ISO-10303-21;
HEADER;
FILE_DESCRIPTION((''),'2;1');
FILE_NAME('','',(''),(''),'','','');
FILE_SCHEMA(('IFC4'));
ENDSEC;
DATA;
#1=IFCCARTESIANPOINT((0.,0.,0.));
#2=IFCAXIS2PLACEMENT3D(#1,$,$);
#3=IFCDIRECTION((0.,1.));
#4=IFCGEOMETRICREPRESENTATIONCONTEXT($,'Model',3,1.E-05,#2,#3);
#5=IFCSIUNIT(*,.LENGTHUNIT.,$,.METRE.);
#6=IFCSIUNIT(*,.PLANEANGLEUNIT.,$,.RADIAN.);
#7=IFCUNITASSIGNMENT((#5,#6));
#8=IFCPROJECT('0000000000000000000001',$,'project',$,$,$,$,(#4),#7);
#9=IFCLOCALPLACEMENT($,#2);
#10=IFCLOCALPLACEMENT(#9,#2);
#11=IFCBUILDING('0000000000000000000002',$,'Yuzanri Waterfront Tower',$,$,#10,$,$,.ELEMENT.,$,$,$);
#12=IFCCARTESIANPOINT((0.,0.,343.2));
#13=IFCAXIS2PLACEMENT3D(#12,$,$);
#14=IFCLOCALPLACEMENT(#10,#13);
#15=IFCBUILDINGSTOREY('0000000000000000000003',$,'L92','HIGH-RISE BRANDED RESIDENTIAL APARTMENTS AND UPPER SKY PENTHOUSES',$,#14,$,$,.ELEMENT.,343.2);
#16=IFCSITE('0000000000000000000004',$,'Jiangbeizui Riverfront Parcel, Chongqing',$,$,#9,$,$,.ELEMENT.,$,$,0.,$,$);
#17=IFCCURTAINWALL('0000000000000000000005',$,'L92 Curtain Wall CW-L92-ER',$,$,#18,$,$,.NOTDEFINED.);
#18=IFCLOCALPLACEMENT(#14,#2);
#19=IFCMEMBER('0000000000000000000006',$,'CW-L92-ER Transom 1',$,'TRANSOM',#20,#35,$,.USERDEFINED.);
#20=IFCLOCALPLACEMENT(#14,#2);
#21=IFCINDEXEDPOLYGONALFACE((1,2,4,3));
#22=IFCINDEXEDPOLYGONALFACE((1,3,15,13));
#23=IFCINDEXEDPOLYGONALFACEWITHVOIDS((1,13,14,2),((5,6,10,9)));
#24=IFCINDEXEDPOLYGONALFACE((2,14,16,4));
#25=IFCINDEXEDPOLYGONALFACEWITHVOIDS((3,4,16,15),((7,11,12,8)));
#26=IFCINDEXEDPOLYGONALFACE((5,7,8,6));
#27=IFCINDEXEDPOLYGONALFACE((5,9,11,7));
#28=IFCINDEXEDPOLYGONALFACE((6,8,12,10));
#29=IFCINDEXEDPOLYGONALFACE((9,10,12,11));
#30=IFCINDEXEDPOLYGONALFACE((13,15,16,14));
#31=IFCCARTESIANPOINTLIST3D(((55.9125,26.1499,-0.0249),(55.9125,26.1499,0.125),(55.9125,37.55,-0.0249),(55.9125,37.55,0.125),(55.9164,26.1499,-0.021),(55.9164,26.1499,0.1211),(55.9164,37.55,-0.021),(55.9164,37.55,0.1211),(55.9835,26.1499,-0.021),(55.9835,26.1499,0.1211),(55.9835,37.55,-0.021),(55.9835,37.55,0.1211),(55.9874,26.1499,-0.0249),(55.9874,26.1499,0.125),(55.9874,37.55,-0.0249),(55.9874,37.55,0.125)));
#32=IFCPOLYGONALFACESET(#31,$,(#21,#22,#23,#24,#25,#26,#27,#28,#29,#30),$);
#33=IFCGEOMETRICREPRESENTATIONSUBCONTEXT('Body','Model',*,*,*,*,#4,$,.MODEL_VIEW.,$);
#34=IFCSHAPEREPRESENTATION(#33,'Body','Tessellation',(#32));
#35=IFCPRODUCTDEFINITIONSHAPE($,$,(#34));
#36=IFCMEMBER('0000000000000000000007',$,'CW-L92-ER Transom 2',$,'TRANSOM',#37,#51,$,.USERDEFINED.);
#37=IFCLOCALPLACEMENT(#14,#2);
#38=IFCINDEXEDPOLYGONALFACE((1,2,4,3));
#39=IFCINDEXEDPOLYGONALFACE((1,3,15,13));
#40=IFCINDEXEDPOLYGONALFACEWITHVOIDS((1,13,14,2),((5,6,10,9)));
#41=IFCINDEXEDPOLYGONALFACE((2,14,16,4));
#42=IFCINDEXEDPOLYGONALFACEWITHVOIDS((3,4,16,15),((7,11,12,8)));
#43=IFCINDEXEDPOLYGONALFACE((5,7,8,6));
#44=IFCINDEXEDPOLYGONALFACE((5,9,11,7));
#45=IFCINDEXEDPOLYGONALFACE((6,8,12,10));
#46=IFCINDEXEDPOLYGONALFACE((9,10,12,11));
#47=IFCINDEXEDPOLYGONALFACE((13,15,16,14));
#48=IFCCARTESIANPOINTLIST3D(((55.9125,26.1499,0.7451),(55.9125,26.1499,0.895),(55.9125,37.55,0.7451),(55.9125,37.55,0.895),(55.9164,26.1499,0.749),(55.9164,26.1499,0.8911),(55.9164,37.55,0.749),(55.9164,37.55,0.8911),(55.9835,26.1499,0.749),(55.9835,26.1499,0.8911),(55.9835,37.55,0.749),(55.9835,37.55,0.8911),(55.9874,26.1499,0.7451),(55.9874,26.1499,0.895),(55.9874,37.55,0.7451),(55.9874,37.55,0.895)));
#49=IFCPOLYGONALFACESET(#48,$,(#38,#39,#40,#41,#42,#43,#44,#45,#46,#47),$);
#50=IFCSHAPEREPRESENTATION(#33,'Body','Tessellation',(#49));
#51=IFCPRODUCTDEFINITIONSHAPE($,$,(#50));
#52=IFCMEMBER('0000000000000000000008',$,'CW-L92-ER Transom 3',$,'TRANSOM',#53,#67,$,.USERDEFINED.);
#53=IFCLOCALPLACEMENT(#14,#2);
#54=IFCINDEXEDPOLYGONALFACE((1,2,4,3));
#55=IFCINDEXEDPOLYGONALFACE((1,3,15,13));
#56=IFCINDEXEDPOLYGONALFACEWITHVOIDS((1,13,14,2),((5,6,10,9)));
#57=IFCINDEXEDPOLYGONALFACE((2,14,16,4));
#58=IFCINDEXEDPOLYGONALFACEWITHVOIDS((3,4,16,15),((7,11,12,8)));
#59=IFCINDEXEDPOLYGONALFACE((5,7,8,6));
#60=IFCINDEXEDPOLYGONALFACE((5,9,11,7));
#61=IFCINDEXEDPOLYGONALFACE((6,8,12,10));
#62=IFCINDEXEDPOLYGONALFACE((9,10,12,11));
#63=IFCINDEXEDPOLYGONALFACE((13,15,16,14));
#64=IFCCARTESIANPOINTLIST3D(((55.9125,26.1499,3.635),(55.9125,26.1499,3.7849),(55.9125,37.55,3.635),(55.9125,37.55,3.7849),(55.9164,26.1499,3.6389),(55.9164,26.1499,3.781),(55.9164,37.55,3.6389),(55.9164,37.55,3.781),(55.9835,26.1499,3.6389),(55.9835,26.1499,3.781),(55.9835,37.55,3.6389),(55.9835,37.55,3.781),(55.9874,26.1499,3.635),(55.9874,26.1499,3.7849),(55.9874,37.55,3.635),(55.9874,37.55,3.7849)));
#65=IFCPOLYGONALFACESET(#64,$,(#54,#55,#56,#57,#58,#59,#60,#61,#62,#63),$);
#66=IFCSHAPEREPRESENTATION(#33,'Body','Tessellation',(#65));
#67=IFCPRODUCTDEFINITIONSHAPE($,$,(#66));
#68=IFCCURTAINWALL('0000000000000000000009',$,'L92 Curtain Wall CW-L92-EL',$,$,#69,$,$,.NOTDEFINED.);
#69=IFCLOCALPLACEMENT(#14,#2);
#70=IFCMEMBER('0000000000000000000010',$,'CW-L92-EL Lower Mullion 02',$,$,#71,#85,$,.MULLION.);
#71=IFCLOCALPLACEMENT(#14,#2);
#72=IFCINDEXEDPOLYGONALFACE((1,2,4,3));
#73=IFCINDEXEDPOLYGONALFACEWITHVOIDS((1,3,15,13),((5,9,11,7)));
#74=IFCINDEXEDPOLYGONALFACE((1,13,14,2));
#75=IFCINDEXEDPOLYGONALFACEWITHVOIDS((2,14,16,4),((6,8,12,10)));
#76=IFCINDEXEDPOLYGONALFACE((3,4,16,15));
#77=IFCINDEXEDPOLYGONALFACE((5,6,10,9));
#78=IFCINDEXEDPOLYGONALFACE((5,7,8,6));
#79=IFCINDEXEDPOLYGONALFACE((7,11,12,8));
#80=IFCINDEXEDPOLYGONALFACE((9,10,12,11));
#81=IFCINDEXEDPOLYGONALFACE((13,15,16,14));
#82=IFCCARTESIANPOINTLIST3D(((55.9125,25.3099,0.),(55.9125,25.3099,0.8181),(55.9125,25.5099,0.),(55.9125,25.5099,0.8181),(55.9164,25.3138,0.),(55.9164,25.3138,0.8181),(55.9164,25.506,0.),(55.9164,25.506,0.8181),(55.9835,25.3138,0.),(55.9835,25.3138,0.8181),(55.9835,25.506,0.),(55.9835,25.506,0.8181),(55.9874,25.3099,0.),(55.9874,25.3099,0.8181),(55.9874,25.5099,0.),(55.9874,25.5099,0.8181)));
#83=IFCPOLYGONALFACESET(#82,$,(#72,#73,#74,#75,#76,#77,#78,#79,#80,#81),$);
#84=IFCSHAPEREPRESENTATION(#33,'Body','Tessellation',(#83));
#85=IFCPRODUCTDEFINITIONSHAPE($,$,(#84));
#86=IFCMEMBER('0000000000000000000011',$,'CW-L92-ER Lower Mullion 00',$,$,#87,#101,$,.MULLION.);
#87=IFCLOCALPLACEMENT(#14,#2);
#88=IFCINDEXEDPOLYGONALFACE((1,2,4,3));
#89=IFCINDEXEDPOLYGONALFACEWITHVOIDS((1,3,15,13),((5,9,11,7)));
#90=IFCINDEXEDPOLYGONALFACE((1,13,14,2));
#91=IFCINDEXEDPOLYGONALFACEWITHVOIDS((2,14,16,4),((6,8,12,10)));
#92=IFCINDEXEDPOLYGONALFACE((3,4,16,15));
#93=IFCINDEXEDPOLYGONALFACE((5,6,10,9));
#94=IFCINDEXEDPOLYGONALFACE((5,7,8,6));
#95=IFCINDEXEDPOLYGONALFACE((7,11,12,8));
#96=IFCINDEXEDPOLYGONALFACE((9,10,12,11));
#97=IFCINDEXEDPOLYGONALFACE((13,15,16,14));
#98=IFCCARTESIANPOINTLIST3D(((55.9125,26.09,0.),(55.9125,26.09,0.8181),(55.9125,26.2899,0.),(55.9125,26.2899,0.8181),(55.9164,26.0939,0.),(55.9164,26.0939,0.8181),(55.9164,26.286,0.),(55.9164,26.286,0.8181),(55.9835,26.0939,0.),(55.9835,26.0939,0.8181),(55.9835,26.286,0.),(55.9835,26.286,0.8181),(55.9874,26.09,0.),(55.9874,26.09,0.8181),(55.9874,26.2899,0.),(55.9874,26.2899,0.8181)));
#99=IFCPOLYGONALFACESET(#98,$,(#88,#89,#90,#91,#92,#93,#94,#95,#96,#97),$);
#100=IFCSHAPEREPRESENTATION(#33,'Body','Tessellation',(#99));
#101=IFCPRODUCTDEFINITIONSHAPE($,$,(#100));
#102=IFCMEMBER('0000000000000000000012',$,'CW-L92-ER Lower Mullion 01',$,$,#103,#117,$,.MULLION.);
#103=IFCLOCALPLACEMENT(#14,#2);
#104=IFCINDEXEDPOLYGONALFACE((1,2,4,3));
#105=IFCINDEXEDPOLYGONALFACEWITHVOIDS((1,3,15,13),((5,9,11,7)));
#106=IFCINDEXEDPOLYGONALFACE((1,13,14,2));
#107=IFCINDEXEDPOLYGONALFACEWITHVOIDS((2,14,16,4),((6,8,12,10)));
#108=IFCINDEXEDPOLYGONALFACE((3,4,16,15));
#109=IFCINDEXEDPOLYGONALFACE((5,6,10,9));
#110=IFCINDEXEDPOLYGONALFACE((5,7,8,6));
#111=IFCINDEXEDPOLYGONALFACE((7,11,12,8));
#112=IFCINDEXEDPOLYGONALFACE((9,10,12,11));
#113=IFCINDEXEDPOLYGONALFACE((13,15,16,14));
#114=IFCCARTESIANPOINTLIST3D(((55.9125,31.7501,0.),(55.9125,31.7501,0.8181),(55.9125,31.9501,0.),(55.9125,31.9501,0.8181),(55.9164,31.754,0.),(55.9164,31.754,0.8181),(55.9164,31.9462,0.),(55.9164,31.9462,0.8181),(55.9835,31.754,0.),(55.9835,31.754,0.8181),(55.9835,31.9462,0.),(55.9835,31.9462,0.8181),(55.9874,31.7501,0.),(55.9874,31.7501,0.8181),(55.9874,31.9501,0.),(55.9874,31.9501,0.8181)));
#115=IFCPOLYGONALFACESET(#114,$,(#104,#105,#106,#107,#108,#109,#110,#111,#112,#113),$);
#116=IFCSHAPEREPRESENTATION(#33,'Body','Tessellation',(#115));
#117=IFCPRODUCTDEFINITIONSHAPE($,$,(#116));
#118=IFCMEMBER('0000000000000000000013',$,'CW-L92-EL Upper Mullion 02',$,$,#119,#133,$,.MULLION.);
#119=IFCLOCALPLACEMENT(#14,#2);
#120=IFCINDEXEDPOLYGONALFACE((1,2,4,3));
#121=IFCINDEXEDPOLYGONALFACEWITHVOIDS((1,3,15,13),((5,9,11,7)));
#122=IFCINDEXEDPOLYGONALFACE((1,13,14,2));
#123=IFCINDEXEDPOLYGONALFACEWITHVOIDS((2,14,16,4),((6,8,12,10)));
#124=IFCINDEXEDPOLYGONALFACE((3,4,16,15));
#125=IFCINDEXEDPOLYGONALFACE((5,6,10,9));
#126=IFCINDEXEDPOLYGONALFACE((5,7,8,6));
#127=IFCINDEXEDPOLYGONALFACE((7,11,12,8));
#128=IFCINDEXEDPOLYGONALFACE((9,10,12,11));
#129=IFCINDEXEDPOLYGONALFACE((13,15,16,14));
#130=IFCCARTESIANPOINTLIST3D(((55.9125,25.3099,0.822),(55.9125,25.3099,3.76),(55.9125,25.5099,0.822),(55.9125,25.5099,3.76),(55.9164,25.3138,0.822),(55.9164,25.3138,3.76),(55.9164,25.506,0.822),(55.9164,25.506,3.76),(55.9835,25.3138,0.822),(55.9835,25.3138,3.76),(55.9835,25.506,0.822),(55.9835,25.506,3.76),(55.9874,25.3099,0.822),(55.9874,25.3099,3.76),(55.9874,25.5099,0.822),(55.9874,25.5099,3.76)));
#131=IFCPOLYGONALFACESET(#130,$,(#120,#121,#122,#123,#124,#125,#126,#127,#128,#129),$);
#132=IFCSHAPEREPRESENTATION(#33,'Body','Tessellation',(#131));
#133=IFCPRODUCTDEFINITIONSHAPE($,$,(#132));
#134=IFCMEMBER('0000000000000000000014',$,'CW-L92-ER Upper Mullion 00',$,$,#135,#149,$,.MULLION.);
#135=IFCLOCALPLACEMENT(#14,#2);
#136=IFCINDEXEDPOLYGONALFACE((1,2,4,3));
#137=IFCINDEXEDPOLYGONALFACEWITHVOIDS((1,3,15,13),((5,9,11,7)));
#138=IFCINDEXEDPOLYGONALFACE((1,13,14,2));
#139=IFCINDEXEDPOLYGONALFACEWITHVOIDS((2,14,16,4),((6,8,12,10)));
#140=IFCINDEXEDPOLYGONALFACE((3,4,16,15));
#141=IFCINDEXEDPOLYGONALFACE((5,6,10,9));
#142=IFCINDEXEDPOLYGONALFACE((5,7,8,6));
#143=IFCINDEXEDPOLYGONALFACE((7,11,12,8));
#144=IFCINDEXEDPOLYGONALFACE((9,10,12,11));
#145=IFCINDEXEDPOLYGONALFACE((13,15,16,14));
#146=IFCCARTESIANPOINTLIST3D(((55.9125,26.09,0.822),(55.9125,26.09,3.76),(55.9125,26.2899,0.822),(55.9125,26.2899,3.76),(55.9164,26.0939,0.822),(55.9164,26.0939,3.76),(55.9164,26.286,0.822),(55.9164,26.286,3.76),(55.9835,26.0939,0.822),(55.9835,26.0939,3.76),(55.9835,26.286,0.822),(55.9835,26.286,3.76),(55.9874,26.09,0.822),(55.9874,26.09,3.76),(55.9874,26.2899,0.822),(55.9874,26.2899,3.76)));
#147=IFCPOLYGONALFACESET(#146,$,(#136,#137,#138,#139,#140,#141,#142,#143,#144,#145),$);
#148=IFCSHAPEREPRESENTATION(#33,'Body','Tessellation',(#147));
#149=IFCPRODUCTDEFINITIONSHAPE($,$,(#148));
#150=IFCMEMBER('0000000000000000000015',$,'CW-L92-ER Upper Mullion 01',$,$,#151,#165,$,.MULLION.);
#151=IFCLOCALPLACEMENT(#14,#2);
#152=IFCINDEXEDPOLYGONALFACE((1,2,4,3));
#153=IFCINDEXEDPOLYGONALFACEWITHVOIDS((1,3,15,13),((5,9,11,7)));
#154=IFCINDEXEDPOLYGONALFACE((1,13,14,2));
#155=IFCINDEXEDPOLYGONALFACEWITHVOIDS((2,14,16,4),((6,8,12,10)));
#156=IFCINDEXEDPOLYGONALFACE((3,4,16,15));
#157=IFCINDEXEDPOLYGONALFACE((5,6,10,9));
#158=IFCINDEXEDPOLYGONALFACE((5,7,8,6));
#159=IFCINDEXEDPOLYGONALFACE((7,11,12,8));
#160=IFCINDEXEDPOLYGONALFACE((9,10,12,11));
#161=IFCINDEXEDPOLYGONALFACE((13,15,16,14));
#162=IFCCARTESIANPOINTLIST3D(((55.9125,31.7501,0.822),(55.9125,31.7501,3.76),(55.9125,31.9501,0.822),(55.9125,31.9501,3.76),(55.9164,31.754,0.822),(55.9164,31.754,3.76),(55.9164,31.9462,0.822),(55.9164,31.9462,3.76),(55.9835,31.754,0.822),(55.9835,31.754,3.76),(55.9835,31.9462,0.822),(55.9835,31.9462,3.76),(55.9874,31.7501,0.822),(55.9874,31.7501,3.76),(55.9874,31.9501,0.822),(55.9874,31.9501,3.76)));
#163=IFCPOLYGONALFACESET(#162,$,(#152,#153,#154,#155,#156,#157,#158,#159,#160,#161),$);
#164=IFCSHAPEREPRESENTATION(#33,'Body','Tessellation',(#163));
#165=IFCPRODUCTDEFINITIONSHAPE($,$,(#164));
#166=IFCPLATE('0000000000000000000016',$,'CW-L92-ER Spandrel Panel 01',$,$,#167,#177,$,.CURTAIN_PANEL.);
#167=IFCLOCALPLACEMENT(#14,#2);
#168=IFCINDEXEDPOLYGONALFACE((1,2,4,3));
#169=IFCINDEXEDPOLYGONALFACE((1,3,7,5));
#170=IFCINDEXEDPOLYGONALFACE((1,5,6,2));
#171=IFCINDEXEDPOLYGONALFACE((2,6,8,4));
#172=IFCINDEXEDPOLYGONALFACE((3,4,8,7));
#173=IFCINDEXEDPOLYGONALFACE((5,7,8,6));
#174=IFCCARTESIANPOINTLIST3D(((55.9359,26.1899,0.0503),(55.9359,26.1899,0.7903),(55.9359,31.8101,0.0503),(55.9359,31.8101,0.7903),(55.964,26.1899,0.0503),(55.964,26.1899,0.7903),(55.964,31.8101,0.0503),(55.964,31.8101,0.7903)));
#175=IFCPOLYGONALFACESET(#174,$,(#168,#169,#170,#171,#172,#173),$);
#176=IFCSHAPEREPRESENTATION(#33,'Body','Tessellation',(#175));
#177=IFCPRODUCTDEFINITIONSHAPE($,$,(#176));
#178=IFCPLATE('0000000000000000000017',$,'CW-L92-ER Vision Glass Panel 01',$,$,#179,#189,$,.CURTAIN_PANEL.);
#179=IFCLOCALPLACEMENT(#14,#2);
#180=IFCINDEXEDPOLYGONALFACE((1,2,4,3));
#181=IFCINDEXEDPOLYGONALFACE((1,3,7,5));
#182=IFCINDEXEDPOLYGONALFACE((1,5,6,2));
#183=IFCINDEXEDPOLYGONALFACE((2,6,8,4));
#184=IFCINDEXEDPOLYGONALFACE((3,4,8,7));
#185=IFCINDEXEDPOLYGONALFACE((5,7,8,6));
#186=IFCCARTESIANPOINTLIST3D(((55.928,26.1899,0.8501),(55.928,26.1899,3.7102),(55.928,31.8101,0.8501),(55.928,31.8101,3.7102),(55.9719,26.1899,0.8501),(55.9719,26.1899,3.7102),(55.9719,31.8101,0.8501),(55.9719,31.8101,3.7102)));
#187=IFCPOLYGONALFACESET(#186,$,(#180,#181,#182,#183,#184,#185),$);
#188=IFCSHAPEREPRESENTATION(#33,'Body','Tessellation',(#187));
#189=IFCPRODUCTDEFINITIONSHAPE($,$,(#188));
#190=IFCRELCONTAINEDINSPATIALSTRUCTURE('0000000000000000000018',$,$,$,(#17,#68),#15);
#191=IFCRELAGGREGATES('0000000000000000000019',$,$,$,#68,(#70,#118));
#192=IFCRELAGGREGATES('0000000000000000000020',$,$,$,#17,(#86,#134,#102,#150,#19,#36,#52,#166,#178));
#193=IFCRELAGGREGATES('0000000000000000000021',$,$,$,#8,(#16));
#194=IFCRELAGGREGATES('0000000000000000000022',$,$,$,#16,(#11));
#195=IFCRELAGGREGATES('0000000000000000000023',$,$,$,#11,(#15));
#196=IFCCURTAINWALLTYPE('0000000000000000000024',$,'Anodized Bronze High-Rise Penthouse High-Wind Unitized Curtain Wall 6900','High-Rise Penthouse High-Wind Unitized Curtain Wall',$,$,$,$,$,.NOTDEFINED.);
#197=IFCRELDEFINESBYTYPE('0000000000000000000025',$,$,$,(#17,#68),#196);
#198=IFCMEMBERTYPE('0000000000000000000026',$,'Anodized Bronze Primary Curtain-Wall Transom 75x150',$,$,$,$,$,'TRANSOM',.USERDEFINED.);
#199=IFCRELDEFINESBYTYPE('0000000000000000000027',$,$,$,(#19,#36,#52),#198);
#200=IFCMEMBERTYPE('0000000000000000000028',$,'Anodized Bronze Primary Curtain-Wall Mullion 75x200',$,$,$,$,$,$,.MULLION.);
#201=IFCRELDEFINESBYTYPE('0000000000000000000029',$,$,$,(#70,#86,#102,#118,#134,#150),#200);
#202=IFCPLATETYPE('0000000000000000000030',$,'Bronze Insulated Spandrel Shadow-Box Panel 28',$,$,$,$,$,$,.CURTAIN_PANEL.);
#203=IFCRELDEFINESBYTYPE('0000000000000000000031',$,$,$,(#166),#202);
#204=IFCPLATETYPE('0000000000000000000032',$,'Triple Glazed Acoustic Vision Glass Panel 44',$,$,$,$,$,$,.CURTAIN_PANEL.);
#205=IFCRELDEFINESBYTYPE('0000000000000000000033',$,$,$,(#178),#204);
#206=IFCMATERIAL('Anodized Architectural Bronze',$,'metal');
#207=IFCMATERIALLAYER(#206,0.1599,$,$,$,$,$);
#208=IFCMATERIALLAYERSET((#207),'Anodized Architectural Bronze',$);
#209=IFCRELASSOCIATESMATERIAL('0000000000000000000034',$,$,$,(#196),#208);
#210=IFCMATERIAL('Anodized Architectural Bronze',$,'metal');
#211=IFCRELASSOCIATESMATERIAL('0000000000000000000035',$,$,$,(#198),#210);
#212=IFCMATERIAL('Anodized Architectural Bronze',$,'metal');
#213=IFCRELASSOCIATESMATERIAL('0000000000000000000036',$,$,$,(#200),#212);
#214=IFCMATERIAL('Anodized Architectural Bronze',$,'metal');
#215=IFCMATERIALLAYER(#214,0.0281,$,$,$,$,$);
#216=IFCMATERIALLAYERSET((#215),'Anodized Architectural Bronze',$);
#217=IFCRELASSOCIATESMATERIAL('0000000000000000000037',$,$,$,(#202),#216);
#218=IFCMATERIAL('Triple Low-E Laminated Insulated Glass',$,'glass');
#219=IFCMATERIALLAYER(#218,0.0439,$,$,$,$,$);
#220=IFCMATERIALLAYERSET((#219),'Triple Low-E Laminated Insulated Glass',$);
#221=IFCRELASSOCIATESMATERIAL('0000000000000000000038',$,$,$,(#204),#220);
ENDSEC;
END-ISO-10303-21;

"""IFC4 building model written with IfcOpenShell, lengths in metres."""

from ifc_helpers import new_model, si_unit, direction, frame, origin, origin_2d, place, context, subcontext, project, spatial, rectangle, hollow_rectangle, extrude, source, transform, mapped, material, layer, layer_set, material_profile, profile_set, type_object, element, aggregate, save


model = new_model("IFC4")

# Units and contexts
model_context = context("Model", 3, precision=1e-05, world=origin(), true_north=direction((0.0, 1.0)))
body_context = subcontext(model_context, "Body", "Model", "MODEL_VIEW")
ifc_project = project(units=[si_unit("LENGTHUNIT", "METRE"), si_unit("PLANEANGLEUNIT", "RADIAN")], contexts=[model_context])

# Site, building, storey
site_placement = place(None, origin())
site = spatial("IfcSite", under=ifc_project, at=site_placement, Name="Jiangbeizui Riverfront Parcel, Chongqing", CompositionType="ELEMENT", RefElevation=0.0)
building_placement = place(site_placement, origin())
building = spatial("IfcBuilding", under=site, at=building_placement, Name="Yuzanri Waterfront Tower", CompositionType="ELEMENT")
storey_placement = place(building_placement, frame((0.0, 0.0, 343.2)))
storey = spatial("IfcBuildingStorey", under=building, at=storey_placement, Name="L92", Description="HIGH-RISE BRANDED RESIDENTIAL APARTMENTS AND UPPER SKY PENTHOUSES", CompositionType="ELEMENT", Elevation=343.2)

# Curtain wall, members
ifc_material_1 = material(Name="Anodized Architectural Bronze", Category="metal")
ifc_layer_1 = layer(ifc_material_1, 0.1599)
ifc_layer_set_1 = layer_set([ifc_layer_1], Name="Anodized Architectural Bronze")
curtain_wall_type = type_object("IfcCurtainWallType", Name="Anodized Bronze High-Rise Penthouse High-Wind Unitized Curtain Wall 6900", Description="High-Rise Penthouse High-Wind Unitized Curtain Wall", PredefinedType="NOTDEFINED", material=ifc_layer_set_1)
curtain_wall_1_placement = place(storey_placement, origin())
curtain_wall_1 = element("IfcCurtainWall", 1, at=curtain_wall_1_placement, inside=storey, type_object=curtain_wall_type, Name="L92 Curtain Wall CW-L92-ER", PredefinedType="NOTDEFINED")
ifc_material_2 = material(Name="Anodized Architectural Bronze", Category="metal")
ifc_material_profile_1 = material_profile(ifc_material_2, hollow_rectangle(XDim=0.075, YDim=0.1499, WallThickness=0.0039, at=origin_2d()), Name="CWT 75x150")
ifc_profile_set_1 = profile_set([ifc_material_profile_1], Name="Anodized Architectural Bronze")
member_type_1 = type_object("IfcMemberType", Name="Anodized Bronze Primary Curtain-Wall Transom 75x150", ElementType="TRANSOM", PredefinedType="USERDEFINED", material=ifc_profile_set_1)
shared_shape_1 = source(origin(), body_context, "Body", "SweptSolid", [
    extrude(hollow_rectangle(XDim=0.075, YDim=0.1499, WallThickness=0.0039, at=origin_2d()), origin(), (0.0, 0.0, 1.0), 11.4001),
])
member_1_placement = place(storey_placement, frame((55.95, 26.1499, 0.05), z_axis=(0.0, 1.0, 0.0), x_axis=(-1.0, 0.0, 0.0)))
member_1 = element("IfcMember", 2, at=member_1_placement, type_object=member_type_1, Name="CW-L92-ER Transom 1", ObjectType="TRANSOM", PredefinedType="USERDEFINED", context=body_context, shape_type="MappedRepresentation", body=[
    mapped(shared_shape_1, transform((0.0, 0.0, 0.0), scale=1.0)),
])
member_2_placement = place(storey_placement, frame((55.95, 26.1499, 0.8201), z_axis=(0.0, 1.0, 0.0), x_axis=(-1.0, 0.0, 0.0)))
member_2 = element("IfcMember", 3, at=member_2_placement, type_object=member_type_1, Name="CW-L92-ER Transom 2", ObjectType="TRANSOM", PredefinedType="USERDEFINED", context=body_context, shape_type="MappedRepresentation", body=[
    mapped(shared_shape_1, transform((0.0, 0.0, 0.0), scale=1.0)),
])
member_3_placement = place(storey_placement, frame((55.95, 26.1499, 3.71), z_axis=(0.0, 1.0, 0.0), x_axis=(-1.0, 0.0, 0.0)))
member_3 = element("IfcMember", 4, at=member_3_placement, type_object=member_type_1, Name="CW-L92-ER Transom 3", ObjectType="TRANSOM", PredefinedType="USERDEFINED", context=body_context, shape_type="MappedRepresentation", body=[
    mapped(shared_shape_1, transform((0.0, 0.0, 0.0), scale=1.0)),
])

# Curtain wall, member
curtain_wall_2_placement = place(storey_placement, origin())
curtain_wall_2 = element("IfcCurtainWall", 5, at=curtain_wall_2_placement, inside=storey, type_object=curtain_wall_type, Name="L92 Curtain Wall CW-L92-EL", PredefinedType="NOTDEFINED")
ifc_material_3 = material(Name="Anodized Architectural Bronze", Category="metal")
ifc_material_profile_2 = material_profile(ifc_material_3, hollow_rectangle(XDim=0.075, YDim=0.2, WallThickness=0.0039, at=origin_2d()), Name="CWM 75x200")
ifc_profile_set_2 = profile_set([ifc_material_profile_2], Name="Anodized Architectural Bronze")
member_type_2 = type_object("IfcMemberType", Name="Anodized Bronze Primary Curtain-Wall Mullion 75x200", PredefinedType="MULLION", material=ifc_profile_set_2)
shared_shape_2 = source(origin(), body_context, "Body", "SweptSolid", [
    extrude(hollow_rectangle(XDim=0.075, YDim=0.2, WallThickness=0.0039, at=origin_2d()), origin(), (0.0, 0.0, 1.0), 0.8181),
])
member_4_placement = place(storey_placement, frame((55.95, 25.4099, 0.0), z_axis=(0.0, 0.0, 1.0), x_axis=(1.0, 0.0, 0.0)))
member_4 = element("IfcMember", 6, at=member_4_placement, type_object=member_type_2, Name="CW-L92-EL Lower Mullion 02", PredefinedType="MULLION", context=body_context, shape_type="MappedRepresentation", body=[
    mapped(shared_shape_2, transform((0.0, 0.0, 0.0), scale=1.0)),
])

# Members
member_5_placement = place(storey_placement, frame((55.95, 26.1899, 0.0), z_axis=(0.0, 0.0, 1.0), x_axis=(1.0, 0.0, 0.0)))
member_5 = element("IfcMember", 7, at=member_5_placement, type_object=member_type_2, Name="CW-L92-ER Lower Mullion 00", PredefinedType="MULLION", context=body_context, shape_type="MappedRepresentation", body=[
    mapped(shared_shape_2, transform((0.0, 0.0, 0.0), scale=1.0)),
])
member_6_placement = place(storey_placement, frame((55.95, 31.8501, 0.0), z_axis=(0.0, 0.0, 1.0), x_axis=(1.0, 0.0, 0.0)))
member_6 = element("IfcMember", 8, at=member_6_placement, type_object=member_type_2, Name="CW-L92-ER Lower Mullion 01", PredefinedType="MULLION", context=body_context, shape_type="MappedRepresentation", body=[
    mapped(shared_shape_2, transform((0.0, 0.0, 0.0), scale=1.0)),
])
shared_shape_3 = source(origin(), body_context, "Body", "SweptSolid", [
    extrude(hollow_rectangle(XDim=0.075, YDim=0.2, WallThickness=0.0039, at=origin_2d()), origin(), (0.0, 0.0, 1.0), 2.938),
])
member_7_placement = place(storey_placement, frame((55.95, 25.4099, 0.822), z_axis=(0.0, 0.0, 1.0), x_axis=(1.0, 0.0, 0.0)))
member_7 = element("IfcMember", 9, at=member_7_placement, type_object=member_type_2, Name="CW-L92-EL Upper Mullion 02", PredefinedType="MULLION", context=body_context, shape_type="MappedRepresentation", body=[
    mapped(shared_shape_3, transform((0.0, 0.0, 0.0), scale=1.0)),
])
aggregate(curtain_wall_2, [member_4, member_7])
member_8_placement = place(storey_placement, frame((55.95, 26.1899, 0.822), z_axis=(0.0, 0.0, 1.0), x_axis=(1.0, 0.0, 0.0)))
member_8 = element("IfcMember", 10, at=member_8_placement, type_object=member_type_2, Name="CW-L92-ER Upper Mullion 00", PredefinedType="MULLION", context=body_context, shape_type="MappedRepresentation", body=[
    mapped(shared_shape_3, transform((0.0, 0.0, 0.0), scale=1.0)),
])
member_9_placement = place(storey_placement, frame((55.95, 31.8501, 0.822), z_axis=(0.0, 0.0, 1.0), x_axis=(1.0, 0.0, 0.0)))
member_9 = element("IfcMember", 11, at=member_9_placement, type_object=member_type_2, Name="CW-L92-ER Upper Mullion 01", PredefinedType="MULLION", context=body_context, shape_type="MappedRepresentation", body=[
    mapped(shared_shape_3, transform((0.0, 0.0, 0.0), scale=1.0)),
])

# Plates
ifc_material_4 = material(Name="Anodized Architectural Bronze", Category="metal")
ifc_layer_2 = layer(ifc_material_4, 0.0281)
ifc_layer_set_2 = layer_set([ifc_layer_2], Name="Anodized Architectural Bronze")
plate_type_1 = type_object("IfcPlateType", Name="Bronze Insulated Spandrel Shadow-Box Panel 28", PredefinedType="CURTAIN_PANEL", material=ifc_layer_set_2)
shared_shape_4 = source(origin(), body_context, "Body", "SweptSolid", [
    extrude(rectangle(XDim=5.6201, YDim=0.0281, at=origin_2d()), origin(), (0.0, 0.0, 1.0), 0.74),
])
plate_1_placement = place(storey_placement, frame((55.95, 29.0, 0.0503), z_axis=(0.0, 0.0, 1.0), x_axis=(0.0, 1.0, 0.0)))
plate_1 = element("IfcPlate", 12, at=plate_1_placement, type_object=plate_type_1, Name="CW-L92-ER Spandrel Panel 01", PredefinedType="CURTAIN_PANEL", context=body_context, shape_type="MappedRepresentation", body=[
    mapped(shared_shape_4, transform((0.0, 0.0, 0.0), scale=1.0)),
])
ifc_material_5 = material(Name="Triple Low-E Laminated Insulated Glass", Category="glass")
ifc_layer_3 = layer(ifc_material_5, 0.0439)
ifc_layer_set_3 = layer_set([ifc_layer_3], Name="Triple Low-E Laminated Insulated Glass")
plate_type_2 = type_object("IfcPlateType", Name="Triple Glazed Acoustic Vision Glass Panel 44", PredefinedType="CURTAIN_PANEL", material=ifc_layer_set_3)
shared_shape_5 = source(origin(), body_context, "Body", "SweptSolid", [
    extrude(rectangle(XDim=5.6201, YDim=0.0439, at=origin_2d()), origin(), (0.0, 0.0, 1.0), 2.8601),
])
plate_2_placement = place(storey_placement, frame((55.95, 29.0, 0.8501), z_axis=(0.0, 0.0, 1.0), x_axis=(0.0, 1.0, 0.0)))
plate_2 = element("IfcPlate", 13, at=plate_2_placement, type_object=plate_type_2, Name="CW-L92-ER Vision Glass Panel 01", PredefinedType="CURTAIN_PANEL", context=body_context, shape_type="MappedRepresentation", body=[
    mapped(shared_shape_5, transform((0.0, 0.0, 0.0), scale=1.0)),
])
aggregate(curtain_wall_1, [member_5, member_8, member_6, member_9, member_1, member_2, member_3, plate_1, plate_2])

save(model, "model.ifc")
